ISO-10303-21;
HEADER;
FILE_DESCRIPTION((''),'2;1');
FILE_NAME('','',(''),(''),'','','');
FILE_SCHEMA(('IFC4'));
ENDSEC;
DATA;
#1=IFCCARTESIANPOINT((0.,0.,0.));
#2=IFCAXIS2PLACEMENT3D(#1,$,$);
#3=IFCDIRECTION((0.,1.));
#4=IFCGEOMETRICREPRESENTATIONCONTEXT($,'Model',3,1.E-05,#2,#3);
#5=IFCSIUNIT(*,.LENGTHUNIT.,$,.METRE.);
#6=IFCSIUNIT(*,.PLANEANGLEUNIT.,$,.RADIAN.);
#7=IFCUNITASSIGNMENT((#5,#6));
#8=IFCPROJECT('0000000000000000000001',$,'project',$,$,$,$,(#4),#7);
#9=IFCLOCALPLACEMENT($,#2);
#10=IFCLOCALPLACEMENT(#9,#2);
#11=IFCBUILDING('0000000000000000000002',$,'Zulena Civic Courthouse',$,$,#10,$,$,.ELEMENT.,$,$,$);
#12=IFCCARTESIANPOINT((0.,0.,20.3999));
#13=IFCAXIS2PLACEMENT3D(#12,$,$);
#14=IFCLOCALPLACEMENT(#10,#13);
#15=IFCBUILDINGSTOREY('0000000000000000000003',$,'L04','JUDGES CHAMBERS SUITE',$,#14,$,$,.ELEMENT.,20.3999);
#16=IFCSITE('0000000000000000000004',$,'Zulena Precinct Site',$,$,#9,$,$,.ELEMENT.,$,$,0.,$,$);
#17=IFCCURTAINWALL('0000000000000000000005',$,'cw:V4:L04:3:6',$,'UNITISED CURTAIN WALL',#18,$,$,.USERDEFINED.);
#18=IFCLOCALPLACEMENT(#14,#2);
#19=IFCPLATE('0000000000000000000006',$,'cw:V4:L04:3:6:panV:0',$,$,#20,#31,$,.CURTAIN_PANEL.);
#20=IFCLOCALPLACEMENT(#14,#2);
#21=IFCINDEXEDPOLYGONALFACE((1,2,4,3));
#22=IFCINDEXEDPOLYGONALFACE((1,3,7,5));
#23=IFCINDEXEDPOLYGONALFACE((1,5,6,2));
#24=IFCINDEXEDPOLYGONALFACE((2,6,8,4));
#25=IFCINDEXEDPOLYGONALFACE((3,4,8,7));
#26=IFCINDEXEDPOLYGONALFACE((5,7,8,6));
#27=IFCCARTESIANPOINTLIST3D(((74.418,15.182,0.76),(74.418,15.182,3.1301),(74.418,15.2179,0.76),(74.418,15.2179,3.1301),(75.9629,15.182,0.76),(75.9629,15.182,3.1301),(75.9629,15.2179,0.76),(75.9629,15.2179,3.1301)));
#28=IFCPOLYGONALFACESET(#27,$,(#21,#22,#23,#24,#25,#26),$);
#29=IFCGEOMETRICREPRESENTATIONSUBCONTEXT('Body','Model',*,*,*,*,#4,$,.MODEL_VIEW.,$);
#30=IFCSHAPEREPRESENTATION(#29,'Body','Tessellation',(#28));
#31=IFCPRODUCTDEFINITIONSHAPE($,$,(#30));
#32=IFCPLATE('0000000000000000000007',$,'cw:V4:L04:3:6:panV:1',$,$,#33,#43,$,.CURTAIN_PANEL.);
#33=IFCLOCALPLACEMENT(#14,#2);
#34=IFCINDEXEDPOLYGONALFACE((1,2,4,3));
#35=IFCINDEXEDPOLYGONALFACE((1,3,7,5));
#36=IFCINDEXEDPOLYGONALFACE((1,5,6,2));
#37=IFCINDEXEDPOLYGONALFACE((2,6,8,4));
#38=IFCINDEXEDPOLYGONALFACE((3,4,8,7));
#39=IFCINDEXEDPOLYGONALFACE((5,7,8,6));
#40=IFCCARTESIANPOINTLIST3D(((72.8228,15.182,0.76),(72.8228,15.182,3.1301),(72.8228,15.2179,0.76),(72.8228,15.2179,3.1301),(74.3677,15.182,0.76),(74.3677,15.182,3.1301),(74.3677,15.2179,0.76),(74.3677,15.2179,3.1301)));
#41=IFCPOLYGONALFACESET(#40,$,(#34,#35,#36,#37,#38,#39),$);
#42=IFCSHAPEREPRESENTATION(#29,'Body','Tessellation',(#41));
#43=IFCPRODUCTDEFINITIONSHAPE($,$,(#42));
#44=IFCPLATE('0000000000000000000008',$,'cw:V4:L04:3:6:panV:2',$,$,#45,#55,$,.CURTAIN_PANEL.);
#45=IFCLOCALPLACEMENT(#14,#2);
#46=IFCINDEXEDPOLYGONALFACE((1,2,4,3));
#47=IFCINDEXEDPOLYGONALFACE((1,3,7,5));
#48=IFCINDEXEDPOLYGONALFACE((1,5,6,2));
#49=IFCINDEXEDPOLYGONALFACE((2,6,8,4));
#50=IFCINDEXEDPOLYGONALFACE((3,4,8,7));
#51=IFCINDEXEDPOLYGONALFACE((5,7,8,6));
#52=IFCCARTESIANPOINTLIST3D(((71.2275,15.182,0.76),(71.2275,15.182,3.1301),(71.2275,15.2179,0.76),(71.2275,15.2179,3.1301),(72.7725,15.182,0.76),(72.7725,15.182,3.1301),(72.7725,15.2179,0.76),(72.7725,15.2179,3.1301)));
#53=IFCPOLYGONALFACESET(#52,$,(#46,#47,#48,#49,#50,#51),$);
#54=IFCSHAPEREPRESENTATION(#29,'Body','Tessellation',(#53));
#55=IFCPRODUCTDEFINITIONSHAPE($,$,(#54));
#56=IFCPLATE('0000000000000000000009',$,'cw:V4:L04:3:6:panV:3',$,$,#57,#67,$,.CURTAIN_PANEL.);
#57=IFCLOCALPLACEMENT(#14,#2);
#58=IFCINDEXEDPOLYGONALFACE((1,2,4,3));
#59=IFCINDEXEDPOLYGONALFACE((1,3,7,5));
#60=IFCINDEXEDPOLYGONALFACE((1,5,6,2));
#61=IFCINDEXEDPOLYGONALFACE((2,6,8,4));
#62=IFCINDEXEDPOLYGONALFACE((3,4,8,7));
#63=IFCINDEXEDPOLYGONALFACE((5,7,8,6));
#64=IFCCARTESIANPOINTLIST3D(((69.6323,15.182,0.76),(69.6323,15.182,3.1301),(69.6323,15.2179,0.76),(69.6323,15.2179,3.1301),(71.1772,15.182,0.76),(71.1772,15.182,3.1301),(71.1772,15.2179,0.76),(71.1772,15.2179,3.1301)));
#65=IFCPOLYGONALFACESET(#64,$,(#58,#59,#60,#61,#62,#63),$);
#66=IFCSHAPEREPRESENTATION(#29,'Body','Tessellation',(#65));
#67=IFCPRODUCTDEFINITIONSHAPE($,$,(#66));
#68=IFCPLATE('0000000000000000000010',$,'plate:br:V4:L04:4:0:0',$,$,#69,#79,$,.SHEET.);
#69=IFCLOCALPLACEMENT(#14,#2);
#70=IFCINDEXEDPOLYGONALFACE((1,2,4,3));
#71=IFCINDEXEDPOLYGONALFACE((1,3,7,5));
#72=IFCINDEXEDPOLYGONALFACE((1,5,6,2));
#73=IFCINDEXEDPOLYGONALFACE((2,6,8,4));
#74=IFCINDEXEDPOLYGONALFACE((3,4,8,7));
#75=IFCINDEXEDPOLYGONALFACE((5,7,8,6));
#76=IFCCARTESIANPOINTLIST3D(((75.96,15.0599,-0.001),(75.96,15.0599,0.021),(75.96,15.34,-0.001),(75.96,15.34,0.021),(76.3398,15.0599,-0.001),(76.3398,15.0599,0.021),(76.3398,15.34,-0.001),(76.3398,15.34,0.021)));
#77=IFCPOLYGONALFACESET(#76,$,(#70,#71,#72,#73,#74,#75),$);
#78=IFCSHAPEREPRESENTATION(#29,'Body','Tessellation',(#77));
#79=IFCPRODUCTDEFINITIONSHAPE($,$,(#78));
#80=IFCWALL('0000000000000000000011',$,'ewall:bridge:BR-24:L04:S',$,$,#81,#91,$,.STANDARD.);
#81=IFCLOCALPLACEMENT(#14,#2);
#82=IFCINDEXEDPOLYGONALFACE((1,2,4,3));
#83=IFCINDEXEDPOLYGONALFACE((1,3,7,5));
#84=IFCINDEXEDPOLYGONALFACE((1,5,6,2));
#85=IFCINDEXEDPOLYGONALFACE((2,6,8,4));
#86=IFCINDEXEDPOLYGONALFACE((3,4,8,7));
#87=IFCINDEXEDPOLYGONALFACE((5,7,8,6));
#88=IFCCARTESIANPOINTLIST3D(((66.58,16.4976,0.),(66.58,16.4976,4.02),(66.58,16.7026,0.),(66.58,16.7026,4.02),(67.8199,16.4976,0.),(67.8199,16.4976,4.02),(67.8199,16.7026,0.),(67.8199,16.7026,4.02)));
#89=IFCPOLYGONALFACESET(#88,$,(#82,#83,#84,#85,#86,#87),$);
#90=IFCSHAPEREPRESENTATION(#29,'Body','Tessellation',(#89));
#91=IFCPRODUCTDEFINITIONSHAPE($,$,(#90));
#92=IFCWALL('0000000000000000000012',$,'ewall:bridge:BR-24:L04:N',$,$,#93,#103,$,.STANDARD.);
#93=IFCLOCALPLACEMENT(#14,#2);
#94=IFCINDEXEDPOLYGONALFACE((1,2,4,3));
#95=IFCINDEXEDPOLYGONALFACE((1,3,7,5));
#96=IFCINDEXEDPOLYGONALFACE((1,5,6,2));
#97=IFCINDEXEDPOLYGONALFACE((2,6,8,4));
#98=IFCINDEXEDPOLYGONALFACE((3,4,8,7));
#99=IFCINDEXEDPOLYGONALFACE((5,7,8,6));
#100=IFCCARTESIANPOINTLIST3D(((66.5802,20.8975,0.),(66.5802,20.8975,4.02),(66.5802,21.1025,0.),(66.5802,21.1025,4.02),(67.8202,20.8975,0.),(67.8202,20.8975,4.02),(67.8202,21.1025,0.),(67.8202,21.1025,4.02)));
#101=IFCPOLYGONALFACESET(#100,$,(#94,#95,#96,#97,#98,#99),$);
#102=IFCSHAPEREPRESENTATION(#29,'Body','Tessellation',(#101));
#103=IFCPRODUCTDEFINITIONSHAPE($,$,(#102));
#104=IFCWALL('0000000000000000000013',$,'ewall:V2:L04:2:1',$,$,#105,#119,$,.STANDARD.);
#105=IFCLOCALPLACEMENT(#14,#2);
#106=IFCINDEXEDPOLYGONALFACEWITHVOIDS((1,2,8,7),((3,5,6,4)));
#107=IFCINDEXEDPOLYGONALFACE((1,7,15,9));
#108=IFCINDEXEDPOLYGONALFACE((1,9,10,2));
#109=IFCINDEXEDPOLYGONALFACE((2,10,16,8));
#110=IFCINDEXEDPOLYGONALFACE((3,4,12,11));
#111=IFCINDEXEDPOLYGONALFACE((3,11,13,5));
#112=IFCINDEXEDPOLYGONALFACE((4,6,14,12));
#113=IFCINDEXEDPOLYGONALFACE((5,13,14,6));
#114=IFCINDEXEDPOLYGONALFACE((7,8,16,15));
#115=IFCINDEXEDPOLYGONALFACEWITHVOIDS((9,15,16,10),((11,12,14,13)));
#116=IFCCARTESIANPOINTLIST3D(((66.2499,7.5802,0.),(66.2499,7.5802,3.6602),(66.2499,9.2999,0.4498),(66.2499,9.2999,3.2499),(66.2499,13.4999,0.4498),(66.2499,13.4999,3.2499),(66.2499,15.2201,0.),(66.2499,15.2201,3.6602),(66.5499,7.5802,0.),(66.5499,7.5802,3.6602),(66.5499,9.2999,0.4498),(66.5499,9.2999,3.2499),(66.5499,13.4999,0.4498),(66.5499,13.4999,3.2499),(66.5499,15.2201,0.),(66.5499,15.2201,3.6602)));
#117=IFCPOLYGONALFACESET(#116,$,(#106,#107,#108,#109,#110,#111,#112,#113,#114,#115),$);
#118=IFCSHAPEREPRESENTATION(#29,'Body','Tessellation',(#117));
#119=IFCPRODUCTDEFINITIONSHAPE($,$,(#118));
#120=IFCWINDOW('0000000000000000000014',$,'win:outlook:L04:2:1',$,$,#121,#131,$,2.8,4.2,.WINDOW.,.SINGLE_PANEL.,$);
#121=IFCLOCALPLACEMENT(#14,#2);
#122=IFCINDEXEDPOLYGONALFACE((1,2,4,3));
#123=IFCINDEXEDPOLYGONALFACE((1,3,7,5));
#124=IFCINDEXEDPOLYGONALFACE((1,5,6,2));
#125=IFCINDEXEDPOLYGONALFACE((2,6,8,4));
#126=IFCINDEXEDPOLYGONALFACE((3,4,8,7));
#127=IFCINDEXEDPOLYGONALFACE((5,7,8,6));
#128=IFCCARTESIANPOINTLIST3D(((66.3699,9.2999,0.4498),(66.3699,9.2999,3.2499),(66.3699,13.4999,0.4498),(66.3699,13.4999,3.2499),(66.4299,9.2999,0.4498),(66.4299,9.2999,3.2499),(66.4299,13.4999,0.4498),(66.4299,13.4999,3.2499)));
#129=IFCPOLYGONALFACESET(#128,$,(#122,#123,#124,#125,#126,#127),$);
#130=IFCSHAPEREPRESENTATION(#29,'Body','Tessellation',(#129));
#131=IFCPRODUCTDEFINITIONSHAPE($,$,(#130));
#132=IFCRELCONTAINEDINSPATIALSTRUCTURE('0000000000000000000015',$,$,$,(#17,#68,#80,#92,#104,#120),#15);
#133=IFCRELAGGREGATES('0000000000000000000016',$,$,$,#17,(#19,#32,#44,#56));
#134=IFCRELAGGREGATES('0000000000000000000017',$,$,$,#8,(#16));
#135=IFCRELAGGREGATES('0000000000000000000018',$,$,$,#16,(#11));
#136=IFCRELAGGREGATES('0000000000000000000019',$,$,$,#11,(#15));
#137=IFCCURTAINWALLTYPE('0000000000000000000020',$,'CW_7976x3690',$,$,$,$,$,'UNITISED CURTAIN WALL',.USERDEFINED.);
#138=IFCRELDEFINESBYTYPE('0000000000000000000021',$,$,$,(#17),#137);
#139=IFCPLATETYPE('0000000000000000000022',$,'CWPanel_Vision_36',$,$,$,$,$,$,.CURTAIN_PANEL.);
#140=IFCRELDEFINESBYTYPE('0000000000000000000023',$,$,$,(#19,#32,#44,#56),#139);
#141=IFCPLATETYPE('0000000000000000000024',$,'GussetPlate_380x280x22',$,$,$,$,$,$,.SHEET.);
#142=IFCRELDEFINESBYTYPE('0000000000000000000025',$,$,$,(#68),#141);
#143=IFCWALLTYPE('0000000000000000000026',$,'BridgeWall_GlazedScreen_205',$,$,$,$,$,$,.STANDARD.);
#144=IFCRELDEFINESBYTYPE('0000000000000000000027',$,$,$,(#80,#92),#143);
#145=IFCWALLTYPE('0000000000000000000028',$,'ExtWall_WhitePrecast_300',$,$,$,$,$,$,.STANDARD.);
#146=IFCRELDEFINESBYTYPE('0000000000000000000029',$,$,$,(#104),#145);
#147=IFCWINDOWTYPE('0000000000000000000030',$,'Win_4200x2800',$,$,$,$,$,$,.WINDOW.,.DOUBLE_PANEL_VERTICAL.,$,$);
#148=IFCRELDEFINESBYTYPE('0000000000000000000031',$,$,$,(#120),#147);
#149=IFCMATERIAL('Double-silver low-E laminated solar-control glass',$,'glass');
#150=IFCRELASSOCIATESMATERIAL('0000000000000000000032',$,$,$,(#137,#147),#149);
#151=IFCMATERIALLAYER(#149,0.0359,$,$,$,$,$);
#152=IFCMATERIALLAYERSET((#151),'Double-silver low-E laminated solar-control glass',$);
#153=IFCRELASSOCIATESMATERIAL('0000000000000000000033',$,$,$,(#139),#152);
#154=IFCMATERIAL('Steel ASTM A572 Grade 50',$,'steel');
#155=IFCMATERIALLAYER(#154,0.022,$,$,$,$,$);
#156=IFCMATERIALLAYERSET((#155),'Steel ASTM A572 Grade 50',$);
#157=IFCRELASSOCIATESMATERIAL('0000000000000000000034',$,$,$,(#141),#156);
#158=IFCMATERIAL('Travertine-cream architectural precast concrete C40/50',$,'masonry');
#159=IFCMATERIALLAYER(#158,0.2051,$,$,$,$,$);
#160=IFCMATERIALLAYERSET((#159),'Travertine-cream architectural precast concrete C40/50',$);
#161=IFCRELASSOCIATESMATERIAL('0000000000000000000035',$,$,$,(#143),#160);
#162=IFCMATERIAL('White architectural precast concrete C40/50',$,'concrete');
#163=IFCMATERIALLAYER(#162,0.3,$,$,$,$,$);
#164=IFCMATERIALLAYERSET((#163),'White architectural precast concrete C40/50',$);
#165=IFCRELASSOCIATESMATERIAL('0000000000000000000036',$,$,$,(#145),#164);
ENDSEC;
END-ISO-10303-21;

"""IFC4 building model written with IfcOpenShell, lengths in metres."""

from ifc_helpers import new_model, si_unit, direction, frame, frame_2d, origin, origin_2d, place, context, subcontext, project, spatial, rectangle, extrude, material, layer, layer_set, type_object, element, fill, aggregate, save


model = new_model("IFC4")

# Units and contexts
model_context = context("Model", 3, precision=1e-05, world=origin(), true_north=direction((0.0, 1.0)))
body_context = subcontext(model_context, "Body", "Model", "MODEL_VIEW")
ifc_project = project(units=[si_unit("LENGTHUNIT", "METRE"), si_unit("PLANEANGLEUNIT", "RADIAN")], contexts=[model_context])

# Site, building, storey
site_placement = place(None, origin())
site = spatial("IfcSite", under=ifc_project, at=site_placement, Name="Zulena Precinct Site", CompositionType="ELEMENT", RefElevation=0.0)
building_placement = place(site_placement, origin())
building = spatial("IfcBuilding", under=site, at=building_placement, Name="Zulena Civic Courthouse", CompositionType="ELEMENT")
storey_placement = place(building_placement, frame((0.0, 0.0, 20.3999)))
storey = spatial("IfcBuildingStorey", under=building, at=storey_placement, Name="L04", Description="JUDGES CHAMBERS SUITE", CompositionType="ELEMENT", Elevation=20.3999)

# Curtain wall
ifc_material_1 = material(Name="Double-silver low-E laminated solar-control glass", Category="glass")
curtain_wall_type = type_object("IfcCurtainWallType", Name="CW_7976x3690", ElementType="UNITISED CURTAIN WALL", PredefinedType="USERDEFINED", material=ifc_material_1)
curtain_wall_placement = place(storey_placement, origin())
curtain_wall = element("IfcCurtainWall", 1, at=curtain_wall_placement, inside=storey, type_object=curtain_wall_type, Name="cw:V4:L04:3:6", ObjectType="UNITISED CURTAIN WALL", PredefinedType="USERDEFINED")

# Plates
ifc_layer_1 = layer(ifc_material_1, 0.0359)
ifc_layer_set_1 = layer_set([ifc_layer_1], Name="Double-silver low-E laminated solar-control glass")
plate_type_1 = type_object("IfcPlateType", Name="CWPanel_Vision_36", PredefinedType="CURTAIN_PANEL", material=ifc_layer_set_1)
plate_1_placement = place(storey_placement, frame((75.1904, 15.2, 0.76), z_axis=(0.0, 0.0, 1.0), x_axis=(-1.0, 0.0, 0.0)))
plate_1 = element("IfcPlate", 2, at=plate_1_placement, type_object=plate_type_1, Name="cw:V4:L04:3:6:panV:0", PredefinedType="CURTAIN_PANEL", context=body_context, shape_type="SweptSolid", body=[
    extrude(rectangle(XDim=1.5449, YDim=0.0359, at=origin_2d()), origin(), (0.0, 0.0, 1.0), 2.3701),
])
plate_2_placement = place(storey_placement, frame((73.5952, 15.2, 0.76), z_axis=(0.0, 0.0, 1.0), x_axis=(-1.0, 0.0, 0.0)))
plate_2 = element("IfcPlate", 3, at=plate_2_placement, type_object=plate_type_1, Name="cw:V4:L04:3:6:panV:1", PredefinedType="CURTAIN_PANEL", context=body_context, shape_type="SweptSolid", body=[
    extrude(rectangle(XDim=1.5449, YDim=0.0359, at=origin_2d()), origin(), (0.0, 0.0, 1.0), 2.3701),
])
plate_3_placement = place(storey_placement, frame((72.0, 15.2, 0.76), z_axis=(0.0, 0.0, 1.0), x_axis=(-1.0, 0.0, 0.0)))
plate_3 = element("IfcPlate", 4, at=plate_3_placement, type_object=plate_type_1, Name="cw:V4:L04:3:6:panV:2", PredefinedType="CURTAIN_PANEL", context=body_context, shape_type="SweptSolid", body=[
    extrude(rectangle(XDim=1.5449, YDim=0.0359, at=origin_2d()), origin(), (0.0, 0.0, 1.0), 2.3701),
])
plate_4_placement = place(storey_placement, frame((70.4048, 15.2, 0.76), z_axis=(0.0, 0.0, 1.0), x_axis=(-1.0, 0.0, 0.0)))
plate_4 = element("IfcPlate", 5, at=plate_4_placement, type_object=plate_type_1, Name="cw:V4:L04:3:6:panV:3", PredefinedType="CURTAIN_PANEL", context=body_context, shape_type="SweptSolid", body=[
    extrude(rectangle(XDim=1.5449, YDim=0.0359, at=origin_2d()), origin(), (0.0, 0.0, 1.0), 2.3701),
])
aggregate(curtain_wall, [plate_1, plate_2, plate_3, plate_4])
ifc_material_2 = material(Name="Steel ASTM A572 Grade 50", Category="steel")
ifc_layer_2 = layer(ifc_material_2, 0.022)
ifc_layer_set_2 = layer_set([ifc_layer_2], Name="Steel ASTM A572 Grade 50")
plate_type_2 = type_object("IfcPlateType", Name="GussetPlate_380x280x22", PredefinedType="SHEET", material=ifc_layer_set_2)
plate_5_placement = place(storey_placement, frame((76.1499, 15.2, -0.001), z_axis=(0.0, 0.0, 1.0), x_axis=(1.0, 0.0, 0.0)))
element("IfcPlate", 6, at=plate_5_placement, inside=storey, type_object=plate_type_2, Name="plate:br:V4:L04:4:0:0", PredefinedType="SHEET", context=body_context, shape_type="SweptSolid", body=[
    extrude(rectangle(XDim=0.3799, YDim=0.28, at=origin_2d()), origin(), (0.0, 0.0, 1.0), 0.022),
])

# Walls
ifc_material_3 = material(Name="Travertine-cream architectural precast concrete C40/50", Category="masonry")
ifc_layer_3 = layer(ifc_material_3, 0.2051)
ifc_layer_set_3 = layer_set([ifc_layer_3], Name="Travertine-cream architectural precast concrete C40/50")
wall_type_1 = type_object("IfcWallType", Name="BridgeWall_GlazedScreen_205", PredefinedType="STANDARD", material=ifc_layer_set_3)
for number, where, z_axis, x_axis, name in (
    (7, (67.8201, 16.6001, 0.0), (0.0, 0.0, 1.0), (-1.0, 0.0, 0.0), "ewall:bridge:BR-24:L04:S"),
    (8, (66.5801, 21.0, 0.0), (0.0, 0.0, 1.0), (1.0, 0.0, 0.0), "ewall:bridge:BR-24:L04:N"),
):
    element("IfcWall", number, at=place(storey_placement, frame(where, z_axis=z_axis, x_axis=x_axis)), inside=storey, type_object=wall_type_1, Name=name, PredefinedType="STANDARD", context=body_context, shape_type="SweptSolid", body=[
        extrude(rectangle(XDim=1.24, YDim=0.2051, at=frame_2d((0.6201, 0.0))), origin(), (0.0, 0.0, 1.0), 4.02),
    ])

# Wall, opening, window
ifc_material_4 = material(Name="White architectural precast concrete C40/50", Category="concrete")
ifc_layer_4 = layer(ifc_material_4, 0.3)
ifc_layer_set_4 = layer_set([ifc_layer_4], Name="White architectural precast concrete C40/50")
wall_type_2 = type_object("IfcWallType", Name="ExtWall_WhitePrecast_300", PredefinedType="STANDARD", material=ifc_layer_set_4)
wall_placement = place(storey_placement, frame((66.3999, 15.22, 0.0), z_axis=(0.0, 0.0, 1.0), x_axis=(0.0, -1.0, 0.0)))
wall = element("IfcWall", 9, at=wall_placement, inside=storey, type_object=wall_type_2, Name="ewall:V2:L04:2:1", PredefinedType="STANDARD", context=body_context, shape_type="SweptSolid", body=[
    extrude(rectangle(XDim=7.6399, YDim=0.3, at=frame_2d((3.8198, 0.0))), origin(), (0.0, 0.0, 1.0), 3.6602),
])
opening_placement = place(wall_placement, frame((1.72, 0.0, 0.45)))
opening = element("IfcOpeningElement", 10, at=opening_placement, cuts=wall, PredefinedType="OPENING", context=body_context, shape_type="SweptSolid", body=[
    extrude(rectangle(XDim=4.2, YDim=2.8, at=frame_2d((2.1001, 1.3999))), frame((0.0, 0.1599, 0.0), z_axis=(0.0, -1.0, 0.0), x_axis=(1.0, 0.0, 0.0)), (0.0, 0.0, 1.0), 0.3201),
])
window_type = type_object("IfcWindowType", Name="Win_4200x2800", PartitioningType="DOUBLE_PANEL_VERTICAL", PredefinedType="WINDOW", material=ifc_material_1)
window_placement = place(opening_placement, origin())
window = element("IfcWindow", 11, at=window_placement, inside=storey, type_object=window_type, Name="win:outlook:L04:2:1", OverallHeight=2.8, OverallWidth=4.2, PartitioningType="SINGLE_PANEL", PredefinedType="WINDOW", context=body_context, shape_type="SweptSolid", body=[
    extrude(rectangle(XDim=4.2, YDim=2.8, at=frame_2d((2.1001, 1.3999))), frame((0.0, 0.03, 0.0), z_axis=(0.0, -1.0, 0.0), x_axis=(1.0, 0.0, 0.0)), (0.0, 0.0, 1.0), 0.0601),
])
fill(opening, window)

save(model, "model.ifc")
